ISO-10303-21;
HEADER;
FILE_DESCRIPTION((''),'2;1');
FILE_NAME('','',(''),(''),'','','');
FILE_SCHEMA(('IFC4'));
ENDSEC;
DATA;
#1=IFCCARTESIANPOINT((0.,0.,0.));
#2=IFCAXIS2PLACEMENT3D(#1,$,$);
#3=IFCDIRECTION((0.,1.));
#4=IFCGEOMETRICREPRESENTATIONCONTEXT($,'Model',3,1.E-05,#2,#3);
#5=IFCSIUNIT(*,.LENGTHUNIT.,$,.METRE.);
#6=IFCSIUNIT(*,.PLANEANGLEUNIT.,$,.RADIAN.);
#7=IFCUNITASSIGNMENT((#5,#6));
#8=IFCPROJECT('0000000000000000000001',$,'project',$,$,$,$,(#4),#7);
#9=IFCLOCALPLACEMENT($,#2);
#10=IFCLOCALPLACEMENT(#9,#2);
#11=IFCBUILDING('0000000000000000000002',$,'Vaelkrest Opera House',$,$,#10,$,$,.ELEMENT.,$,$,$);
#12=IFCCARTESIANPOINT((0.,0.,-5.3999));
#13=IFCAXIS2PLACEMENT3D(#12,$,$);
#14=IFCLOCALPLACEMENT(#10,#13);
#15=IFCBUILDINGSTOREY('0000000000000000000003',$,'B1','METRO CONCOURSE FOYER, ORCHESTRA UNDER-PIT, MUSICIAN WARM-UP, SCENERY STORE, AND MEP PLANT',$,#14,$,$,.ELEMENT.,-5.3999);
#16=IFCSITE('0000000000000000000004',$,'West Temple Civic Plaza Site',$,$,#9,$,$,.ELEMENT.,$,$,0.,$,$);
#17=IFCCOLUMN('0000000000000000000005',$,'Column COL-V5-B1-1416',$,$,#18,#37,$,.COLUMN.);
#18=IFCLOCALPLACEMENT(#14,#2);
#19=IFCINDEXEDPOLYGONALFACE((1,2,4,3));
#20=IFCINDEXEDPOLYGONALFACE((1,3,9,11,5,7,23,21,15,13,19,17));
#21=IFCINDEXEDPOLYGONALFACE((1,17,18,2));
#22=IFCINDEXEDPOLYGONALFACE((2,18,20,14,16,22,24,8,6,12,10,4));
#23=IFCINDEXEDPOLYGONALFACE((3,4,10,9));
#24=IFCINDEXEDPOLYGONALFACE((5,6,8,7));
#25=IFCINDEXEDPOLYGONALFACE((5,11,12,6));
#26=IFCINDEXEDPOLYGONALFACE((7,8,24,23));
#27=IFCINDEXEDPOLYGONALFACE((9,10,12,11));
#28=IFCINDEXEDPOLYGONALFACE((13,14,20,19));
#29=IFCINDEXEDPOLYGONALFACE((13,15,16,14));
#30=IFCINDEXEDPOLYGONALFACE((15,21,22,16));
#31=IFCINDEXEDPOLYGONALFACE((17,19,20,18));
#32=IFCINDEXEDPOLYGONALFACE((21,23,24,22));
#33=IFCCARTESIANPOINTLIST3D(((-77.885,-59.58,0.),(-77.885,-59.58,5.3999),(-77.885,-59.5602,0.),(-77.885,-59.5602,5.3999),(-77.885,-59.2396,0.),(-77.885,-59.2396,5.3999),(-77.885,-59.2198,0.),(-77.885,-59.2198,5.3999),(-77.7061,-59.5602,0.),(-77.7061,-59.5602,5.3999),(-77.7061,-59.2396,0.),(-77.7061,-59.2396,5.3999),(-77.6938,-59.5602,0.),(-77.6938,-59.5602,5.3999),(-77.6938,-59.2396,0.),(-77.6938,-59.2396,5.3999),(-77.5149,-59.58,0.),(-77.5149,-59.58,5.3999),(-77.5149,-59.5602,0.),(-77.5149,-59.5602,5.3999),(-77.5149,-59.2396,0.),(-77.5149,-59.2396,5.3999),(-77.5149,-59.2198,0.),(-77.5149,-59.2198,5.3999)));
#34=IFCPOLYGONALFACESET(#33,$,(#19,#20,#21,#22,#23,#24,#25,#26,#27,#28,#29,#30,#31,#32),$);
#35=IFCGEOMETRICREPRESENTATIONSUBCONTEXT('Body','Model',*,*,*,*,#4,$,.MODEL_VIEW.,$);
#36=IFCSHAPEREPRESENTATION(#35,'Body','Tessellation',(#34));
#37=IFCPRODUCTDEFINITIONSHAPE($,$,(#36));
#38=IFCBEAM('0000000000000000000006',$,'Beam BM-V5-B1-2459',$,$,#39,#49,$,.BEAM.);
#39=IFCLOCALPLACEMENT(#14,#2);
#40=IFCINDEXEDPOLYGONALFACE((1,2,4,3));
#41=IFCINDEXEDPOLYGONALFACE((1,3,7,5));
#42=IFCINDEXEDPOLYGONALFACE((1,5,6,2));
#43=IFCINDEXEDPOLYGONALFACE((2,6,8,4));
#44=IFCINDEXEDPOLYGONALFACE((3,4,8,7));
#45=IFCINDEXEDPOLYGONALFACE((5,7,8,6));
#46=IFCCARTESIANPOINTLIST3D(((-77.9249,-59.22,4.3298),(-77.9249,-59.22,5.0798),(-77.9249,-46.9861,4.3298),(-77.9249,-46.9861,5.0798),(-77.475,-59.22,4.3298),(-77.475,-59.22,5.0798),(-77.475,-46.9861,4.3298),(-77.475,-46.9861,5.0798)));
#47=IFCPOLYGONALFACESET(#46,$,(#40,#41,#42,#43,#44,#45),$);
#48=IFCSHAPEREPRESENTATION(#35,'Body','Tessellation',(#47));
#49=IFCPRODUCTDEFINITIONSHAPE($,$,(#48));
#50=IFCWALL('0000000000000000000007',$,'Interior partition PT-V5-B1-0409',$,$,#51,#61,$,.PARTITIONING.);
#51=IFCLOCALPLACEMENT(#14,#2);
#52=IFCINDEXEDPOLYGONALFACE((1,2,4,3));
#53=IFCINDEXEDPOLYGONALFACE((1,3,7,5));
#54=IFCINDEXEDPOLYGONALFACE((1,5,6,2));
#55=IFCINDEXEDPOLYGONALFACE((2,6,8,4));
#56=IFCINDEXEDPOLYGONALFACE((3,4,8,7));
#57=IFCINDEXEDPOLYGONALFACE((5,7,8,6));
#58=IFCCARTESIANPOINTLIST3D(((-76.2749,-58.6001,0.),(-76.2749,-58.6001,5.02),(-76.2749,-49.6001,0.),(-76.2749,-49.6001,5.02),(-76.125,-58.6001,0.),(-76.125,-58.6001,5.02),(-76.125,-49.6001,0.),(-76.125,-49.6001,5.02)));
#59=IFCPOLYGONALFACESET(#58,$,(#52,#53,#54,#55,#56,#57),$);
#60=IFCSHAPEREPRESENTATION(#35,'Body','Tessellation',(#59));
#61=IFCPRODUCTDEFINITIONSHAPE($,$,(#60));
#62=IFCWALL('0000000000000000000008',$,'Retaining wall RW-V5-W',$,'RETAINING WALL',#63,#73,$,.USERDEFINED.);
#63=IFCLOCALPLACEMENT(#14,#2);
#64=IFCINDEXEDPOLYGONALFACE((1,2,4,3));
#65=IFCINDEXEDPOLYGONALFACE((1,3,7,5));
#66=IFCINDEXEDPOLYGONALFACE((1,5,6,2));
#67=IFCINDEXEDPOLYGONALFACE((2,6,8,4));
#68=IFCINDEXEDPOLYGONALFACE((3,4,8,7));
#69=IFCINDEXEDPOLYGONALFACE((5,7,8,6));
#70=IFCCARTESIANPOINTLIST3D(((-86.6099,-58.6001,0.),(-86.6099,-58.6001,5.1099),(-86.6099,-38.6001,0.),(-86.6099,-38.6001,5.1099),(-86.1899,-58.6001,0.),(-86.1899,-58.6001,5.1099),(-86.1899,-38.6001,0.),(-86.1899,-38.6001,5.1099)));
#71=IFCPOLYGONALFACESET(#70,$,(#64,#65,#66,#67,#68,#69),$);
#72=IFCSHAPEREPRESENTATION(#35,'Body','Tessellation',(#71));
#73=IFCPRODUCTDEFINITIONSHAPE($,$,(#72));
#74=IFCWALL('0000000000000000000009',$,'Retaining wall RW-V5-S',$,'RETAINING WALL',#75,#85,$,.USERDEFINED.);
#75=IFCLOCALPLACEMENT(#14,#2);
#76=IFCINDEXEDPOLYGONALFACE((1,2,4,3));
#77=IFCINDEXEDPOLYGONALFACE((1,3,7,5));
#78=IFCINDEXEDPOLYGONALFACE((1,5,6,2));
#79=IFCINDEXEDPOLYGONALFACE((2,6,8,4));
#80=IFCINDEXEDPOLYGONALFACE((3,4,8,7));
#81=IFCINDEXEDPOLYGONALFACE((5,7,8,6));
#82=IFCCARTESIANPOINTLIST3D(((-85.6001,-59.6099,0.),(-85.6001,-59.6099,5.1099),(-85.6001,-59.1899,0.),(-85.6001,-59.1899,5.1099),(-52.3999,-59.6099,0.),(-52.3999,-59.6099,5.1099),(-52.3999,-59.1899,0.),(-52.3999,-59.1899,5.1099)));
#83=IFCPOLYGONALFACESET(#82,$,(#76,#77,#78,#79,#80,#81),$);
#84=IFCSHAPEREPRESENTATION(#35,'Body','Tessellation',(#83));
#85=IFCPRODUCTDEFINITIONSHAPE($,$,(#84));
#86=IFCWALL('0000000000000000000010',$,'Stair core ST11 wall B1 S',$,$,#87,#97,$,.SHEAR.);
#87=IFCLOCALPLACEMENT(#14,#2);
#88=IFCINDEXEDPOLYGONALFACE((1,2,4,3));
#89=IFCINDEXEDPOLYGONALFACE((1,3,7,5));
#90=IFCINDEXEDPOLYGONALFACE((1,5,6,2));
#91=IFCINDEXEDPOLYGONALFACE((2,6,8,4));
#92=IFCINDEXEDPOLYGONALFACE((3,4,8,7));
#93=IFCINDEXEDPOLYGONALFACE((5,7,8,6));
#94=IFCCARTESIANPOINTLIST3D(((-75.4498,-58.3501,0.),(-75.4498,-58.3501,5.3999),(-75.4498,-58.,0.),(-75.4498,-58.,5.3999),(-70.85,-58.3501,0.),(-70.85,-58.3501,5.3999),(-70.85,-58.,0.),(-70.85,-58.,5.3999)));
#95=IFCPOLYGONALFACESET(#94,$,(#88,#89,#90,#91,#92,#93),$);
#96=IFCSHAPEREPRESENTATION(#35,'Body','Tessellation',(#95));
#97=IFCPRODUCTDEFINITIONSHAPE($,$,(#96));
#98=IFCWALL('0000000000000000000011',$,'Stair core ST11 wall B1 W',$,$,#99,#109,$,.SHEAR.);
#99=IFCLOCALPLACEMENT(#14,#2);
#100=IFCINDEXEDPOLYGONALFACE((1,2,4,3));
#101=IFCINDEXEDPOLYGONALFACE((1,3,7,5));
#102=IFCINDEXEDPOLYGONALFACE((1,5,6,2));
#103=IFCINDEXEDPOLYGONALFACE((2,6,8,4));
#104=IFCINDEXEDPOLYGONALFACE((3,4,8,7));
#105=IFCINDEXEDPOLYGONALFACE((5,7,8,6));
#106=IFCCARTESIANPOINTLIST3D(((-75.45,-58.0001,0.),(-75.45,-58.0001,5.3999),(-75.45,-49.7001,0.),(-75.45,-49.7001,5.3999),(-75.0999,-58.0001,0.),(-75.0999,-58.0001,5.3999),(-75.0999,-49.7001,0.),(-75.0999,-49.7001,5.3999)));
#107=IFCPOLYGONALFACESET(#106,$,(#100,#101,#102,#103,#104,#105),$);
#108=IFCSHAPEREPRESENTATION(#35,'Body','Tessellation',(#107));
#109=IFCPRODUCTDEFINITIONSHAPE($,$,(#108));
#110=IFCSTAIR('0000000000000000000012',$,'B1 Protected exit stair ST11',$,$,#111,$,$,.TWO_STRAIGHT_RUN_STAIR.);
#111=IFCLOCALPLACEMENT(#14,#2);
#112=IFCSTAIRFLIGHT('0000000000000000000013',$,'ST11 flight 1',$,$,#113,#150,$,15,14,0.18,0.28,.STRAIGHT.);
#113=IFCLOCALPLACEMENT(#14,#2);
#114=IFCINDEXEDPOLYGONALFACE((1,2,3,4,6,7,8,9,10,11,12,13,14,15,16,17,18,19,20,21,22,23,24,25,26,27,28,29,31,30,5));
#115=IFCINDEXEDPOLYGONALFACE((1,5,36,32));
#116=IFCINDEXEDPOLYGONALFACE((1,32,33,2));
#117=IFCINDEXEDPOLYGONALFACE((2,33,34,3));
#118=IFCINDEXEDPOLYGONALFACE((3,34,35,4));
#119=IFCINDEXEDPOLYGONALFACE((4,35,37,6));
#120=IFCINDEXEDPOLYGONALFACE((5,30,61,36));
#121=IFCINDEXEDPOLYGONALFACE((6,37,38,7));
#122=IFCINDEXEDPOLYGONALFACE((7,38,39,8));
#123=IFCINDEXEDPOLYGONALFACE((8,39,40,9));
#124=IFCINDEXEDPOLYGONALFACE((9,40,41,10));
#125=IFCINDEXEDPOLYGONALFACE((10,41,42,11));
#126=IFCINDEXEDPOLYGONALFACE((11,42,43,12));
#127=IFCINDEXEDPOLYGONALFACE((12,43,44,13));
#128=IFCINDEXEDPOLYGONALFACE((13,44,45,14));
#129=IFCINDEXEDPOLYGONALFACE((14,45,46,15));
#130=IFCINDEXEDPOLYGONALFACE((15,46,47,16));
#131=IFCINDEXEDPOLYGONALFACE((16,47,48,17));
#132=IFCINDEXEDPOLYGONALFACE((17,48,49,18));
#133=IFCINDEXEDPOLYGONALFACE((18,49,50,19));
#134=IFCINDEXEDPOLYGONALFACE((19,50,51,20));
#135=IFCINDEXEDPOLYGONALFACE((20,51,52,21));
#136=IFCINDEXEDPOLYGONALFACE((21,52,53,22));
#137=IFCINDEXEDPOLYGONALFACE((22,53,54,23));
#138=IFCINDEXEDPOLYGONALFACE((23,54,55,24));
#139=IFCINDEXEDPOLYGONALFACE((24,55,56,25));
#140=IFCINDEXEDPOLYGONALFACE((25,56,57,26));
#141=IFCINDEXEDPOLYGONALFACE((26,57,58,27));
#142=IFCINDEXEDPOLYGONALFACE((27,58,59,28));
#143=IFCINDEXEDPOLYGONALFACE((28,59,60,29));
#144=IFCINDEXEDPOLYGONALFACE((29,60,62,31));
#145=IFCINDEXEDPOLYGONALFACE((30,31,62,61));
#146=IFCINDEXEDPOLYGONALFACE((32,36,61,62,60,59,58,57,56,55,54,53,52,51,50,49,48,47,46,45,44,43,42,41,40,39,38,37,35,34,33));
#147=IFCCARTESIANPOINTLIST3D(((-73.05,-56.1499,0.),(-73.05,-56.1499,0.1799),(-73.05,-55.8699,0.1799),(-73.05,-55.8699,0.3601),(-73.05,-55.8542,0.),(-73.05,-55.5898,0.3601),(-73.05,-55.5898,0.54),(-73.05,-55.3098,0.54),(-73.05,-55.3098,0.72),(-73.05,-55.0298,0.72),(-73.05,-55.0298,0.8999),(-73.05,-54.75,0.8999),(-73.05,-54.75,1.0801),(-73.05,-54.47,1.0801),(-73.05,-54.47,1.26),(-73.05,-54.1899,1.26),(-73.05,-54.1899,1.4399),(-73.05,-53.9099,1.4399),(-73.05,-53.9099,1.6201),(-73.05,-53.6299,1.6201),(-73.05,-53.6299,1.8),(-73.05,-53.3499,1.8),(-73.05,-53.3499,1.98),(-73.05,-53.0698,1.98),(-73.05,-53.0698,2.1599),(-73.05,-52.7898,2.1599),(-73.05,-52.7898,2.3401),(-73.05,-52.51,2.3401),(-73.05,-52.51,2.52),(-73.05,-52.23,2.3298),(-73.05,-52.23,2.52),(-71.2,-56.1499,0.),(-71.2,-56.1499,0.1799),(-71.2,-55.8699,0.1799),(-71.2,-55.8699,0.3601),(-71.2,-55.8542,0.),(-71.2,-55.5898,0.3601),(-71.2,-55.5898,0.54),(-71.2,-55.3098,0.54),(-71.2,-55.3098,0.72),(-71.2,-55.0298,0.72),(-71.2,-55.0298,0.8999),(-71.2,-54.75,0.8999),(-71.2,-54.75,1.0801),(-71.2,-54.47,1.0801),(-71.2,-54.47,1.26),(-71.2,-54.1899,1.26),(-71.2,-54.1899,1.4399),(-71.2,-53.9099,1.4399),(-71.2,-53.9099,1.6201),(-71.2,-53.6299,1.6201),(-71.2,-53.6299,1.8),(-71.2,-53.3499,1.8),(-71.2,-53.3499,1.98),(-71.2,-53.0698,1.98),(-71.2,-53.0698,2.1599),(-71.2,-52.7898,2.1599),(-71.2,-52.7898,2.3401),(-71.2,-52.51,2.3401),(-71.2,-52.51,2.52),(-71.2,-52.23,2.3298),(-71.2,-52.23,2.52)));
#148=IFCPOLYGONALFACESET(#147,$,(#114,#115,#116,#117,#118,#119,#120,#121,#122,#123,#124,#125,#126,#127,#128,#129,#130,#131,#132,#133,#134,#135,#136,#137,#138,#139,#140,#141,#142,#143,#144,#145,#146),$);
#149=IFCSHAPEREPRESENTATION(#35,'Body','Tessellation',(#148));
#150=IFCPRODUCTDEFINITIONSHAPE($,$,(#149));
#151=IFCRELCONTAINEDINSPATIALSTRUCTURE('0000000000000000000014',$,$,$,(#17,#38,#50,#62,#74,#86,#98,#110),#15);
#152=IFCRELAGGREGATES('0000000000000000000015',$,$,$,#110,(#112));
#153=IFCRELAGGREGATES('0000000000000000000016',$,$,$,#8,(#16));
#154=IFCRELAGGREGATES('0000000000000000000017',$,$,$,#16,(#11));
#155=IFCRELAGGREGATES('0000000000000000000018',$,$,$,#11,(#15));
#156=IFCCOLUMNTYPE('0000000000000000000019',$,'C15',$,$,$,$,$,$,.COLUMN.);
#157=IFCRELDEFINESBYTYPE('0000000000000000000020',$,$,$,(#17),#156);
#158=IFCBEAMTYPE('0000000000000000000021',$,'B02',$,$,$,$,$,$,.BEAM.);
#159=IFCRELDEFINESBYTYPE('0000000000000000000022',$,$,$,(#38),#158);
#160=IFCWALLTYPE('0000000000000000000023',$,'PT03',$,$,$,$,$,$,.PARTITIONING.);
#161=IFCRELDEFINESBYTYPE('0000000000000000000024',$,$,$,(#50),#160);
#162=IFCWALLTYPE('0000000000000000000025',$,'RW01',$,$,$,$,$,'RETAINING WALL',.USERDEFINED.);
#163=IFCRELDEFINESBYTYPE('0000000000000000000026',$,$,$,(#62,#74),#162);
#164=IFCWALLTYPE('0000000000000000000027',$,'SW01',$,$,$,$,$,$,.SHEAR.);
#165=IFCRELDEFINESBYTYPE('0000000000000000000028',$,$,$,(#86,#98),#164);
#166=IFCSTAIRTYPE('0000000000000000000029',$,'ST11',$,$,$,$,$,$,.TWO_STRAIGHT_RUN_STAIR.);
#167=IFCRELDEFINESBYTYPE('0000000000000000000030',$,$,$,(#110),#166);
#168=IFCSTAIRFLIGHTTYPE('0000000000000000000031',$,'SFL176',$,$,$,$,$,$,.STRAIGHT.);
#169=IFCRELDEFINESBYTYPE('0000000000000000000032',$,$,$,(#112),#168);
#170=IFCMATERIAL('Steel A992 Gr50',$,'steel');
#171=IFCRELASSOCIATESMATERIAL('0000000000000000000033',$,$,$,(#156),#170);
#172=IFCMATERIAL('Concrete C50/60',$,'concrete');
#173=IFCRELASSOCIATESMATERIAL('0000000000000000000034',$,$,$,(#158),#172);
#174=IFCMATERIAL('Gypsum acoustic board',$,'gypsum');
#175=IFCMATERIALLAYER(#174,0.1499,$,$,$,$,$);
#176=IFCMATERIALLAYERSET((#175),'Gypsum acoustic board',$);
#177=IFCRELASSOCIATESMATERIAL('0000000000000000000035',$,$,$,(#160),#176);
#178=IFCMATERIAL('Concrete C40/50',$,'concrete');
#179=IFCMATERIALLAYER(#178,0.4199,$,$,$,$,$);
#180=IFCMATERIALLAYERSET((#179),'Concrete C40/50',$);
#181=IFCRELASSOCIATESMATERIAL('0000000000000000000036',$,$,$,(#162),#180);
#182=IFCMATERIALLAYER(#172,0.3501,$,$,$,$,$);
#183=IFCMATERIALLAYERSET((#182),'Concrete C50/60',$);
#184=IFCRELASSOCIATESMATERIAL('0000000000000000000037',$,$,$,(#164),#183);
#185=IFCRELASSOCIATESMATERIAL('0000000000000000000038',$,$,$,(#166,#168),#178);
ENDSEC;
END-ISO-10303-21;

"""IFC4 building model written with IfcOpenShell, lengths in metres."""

from ifc_helpers import new_model, si_unit, direction, frame, frame_2d, origin, origin_2d, place, context, subcontext, project, spatial, polyline, rectangle, i_section, outline, extrude, material, layer, layer_set, material_profile, profile_set, type_object, element, aggregate, save


model = new_model("IFC4")

# Units and contexts
model_context = context("Model", 3, precision=1e-05, world=origin(), true_north=direction((0.0, 1.0)))
body_context = subcontext(model_context, "Body", "Model", "MODEL_VIEW")
ifc_project = project(units=[si_unit("LENGTHUNIT", "METRE"), si_unit("PLANEANGLEUNIT", "RADIAN")], contexts=[model_context])

# Site, building, storey
site_placement = place(None, origin())
site = spatial("IfcSite", under=ifc_project, at=site_placement, Name="West Temple Civic Plaza Site", CompositionType="ELEMENT", RefElevation=0.0)
building_placement = place(site_placement, origin())
building = spatial("IfcBuilding", under=site, at=building_placement, Name="Vaelkrest Opera House", CompositionType="ELEMENT")
storey_placement = place(building_placement, frame((0.0, 0.0, -5.3999)))
storey = spatial("IfcBuildingStorey", under=building, at=storey_placement, Name="B1", Description="METRO CONCOURSE FOYER, ORCHESTRA UNDER-PIT, MUSICIAN WARM-UP, SCENERY STORE, AND MEP PLANT", CompositionType="ELEMENT", Elevation=-5.3999)

# Shared definitions
ifc_material_1 = material(Name="Concrete C40/50", Category="concrete")

# Column
ifc_material_2 = material(Name="Steel A992 Gr50", Category="steel")
ifc_material_profile_1 = material_profile(ifc_material_2, i_section(OverallWidth=0.3701, OverallDepth=0.3601, WebThickness=0.0122, FlangeThickness=0.0198, at=origin_2d()), Name="W14X99")
ifc_profile_set_1 = profile_set([ifc_material_profile_1], Name="Steel A992 Gr50")
column_type = type_object("IfcColumnType", Name="C15", PredefinedType="COLUMN", material=ifc_profile_set_1)
for number, where, z_axis, x_axis, name in (
    (1, (-77.7, -59.3999, 0.0), (0.0, 0.0, 1.0), (1.0, 0.0, 0.0), "Column COL-V5-B1-1416"),
):
    element("IfcColumn", number, at=place(storey_placement, frame(where, z_axis=z_axis, x_axis=x_axis)), inside=storey, type_object=column_type, Name=name, PredefinedType="COLUMN", context=body_context, shape_type="SweptSolid", body=[
        extrude(i_section(OverallWidth=0.3701, OverallDepth=0.3601, WebThickness=0.0122, FlangeThickness=0.0198, at=origin_2d()), origin(), (0.0, 0.0, 1.0), 5.3999),
    ])

# Beam
ifc_material_3 = material(Name="Concrete C50/60", Category="concrete")
ifc_material_profile_2 = material_profile(ifc_material_3, rectangle(XDim=0.45, YDim=0.75, at=origin_2d()), Name="RCB450X750")
ifc_profile_set_2 = profile_set([ifc_material_profile_2], Name="Concrete C50/60")
beam_type = type_object("IfcBeamType", Name="B02", PredefinedType="BEAM", material=ifc_profile_set_2)
beam_placement = place(storey_placement, frame((-77.7, -59.22, 4.7048), z_axis=(0.0, 1.0, 0.0), x_axis=(-1.0, 0.0, 0.0)))
element("IfcBeam", 2, at=beam_placement, inside=storey, type_object=beam_type, Name="Beam BM-V5-B1-2459", PredefinedType="BEAM", context=body_context, shape_type="SweptSolid", body=[
    extrude(rectangle(XDim=0.45, YDim=0.75, at=origin_2d()), origin(), (0.0, 0.0, 1.0), 12.2339),
])

# Walls
ifc_material_4 = material(Name="Gypsum acoustic board", Category="gypsum")
ifc_layer_1 = layer(ifc_material_4, 0.1499)
ifc_layer_set_1 = layer_set([ifc_layer_1], Name="Gypsum acoustic board")
wall_type_1 = type_object("IfcWallType", Name="PT03", PredefinedType="PARTITIONING", material=ifc_layer_set_1)
wall_1_placement = place(storey_placement, frame((-76.2, -58.6001, 0.0), z_axis=(0.0, 0.0, 1.0), x_axis=(0.0, 1.0, 0.0)))
element("IfcWall", 3, at=wall_1_placement, inside=storey, type_object=wall_type_1, Name="Interior partition PT-V5-B1-0409", PredefinedType="PARTITIONING", context=body_context, shape_type="SweptSolid", body=[
    extrude(rectangle(XDim=9.0, YDim=0.1499, at=frame_2d((4.5, 0.0))), origin(), (0.0, 0.0, 1.0), 5.02),
])
ifc_layer_2 = layer(ifc_material_1, 0.4199)
ifc_layer_set_2 = layer_set([ifc_layer_2], Name="Concrete C40/50")
wall_type_2 = type_object("IfcWallType", Name="RW01", ElementType="RETAINING WALL", PredefinedType="USERDEFINED", material=ifc_layer_set_2)
wall_2_placement = place(storey_placement, frame((-86.3999, -58.6001, 0.0), z_axis=(0.0, 0.0, 1.0), x_axis=(0.0, 1.0, 0.0)))
element("IfcWall", 4, at=wall_2_placement, inside=storey, type_object=wall_type_2, Name="Retaining wall RW-V5-W", ObjectType="RETAINING WALL", PredefinedType="USERDEFINED", context=body_context, shape_type="SweptSolid", body=[
    extrude(rectangle(XDim=20.0, YDim=0.4199, at=frame_2d((10.0, 0.0))), origin(), (0.0, 0.0, 1.0), 5.1099),
])
wall_3_placement = place(storey_placement, frame((-85.6001, -59.3999, 0.0), z_axis=(0.0, 0.0, 1.0), x_axis=(1.0, 0.0, 0.0)))
element("IfcWall", 5, at=wall_3_placement, inside=storey, type_object=wall_type_2, Name="Retaining wall RW-V5-S", ObjectType="RETAINING WALL", PredefinedType="USERDEFINED", context=body_context, shape_type="SweptSolid", body=[
    extrude(rectangle(XDim=33.2002, YDim=0.4199, at=frame_2d((16.6001, 0.0))), origin(), (0.0, 0.0, 1.0), 5.1099),
])
ifc_layer_3 = layer(ifc_material_3, 0.3501)
ifc_layer_set_3 = layer_set([ifc_layer_3], Name="Concrete C50/60")
wall_type_3 = type_object("IfcWallType", Name="SW01", PredefinedType="SHEAR", material=ifc_layer_set_3)
wall_4_placement = place(storey_placement, frame((-70.8501, -58.175, 0.0), z_axis=(0.0, 0.0, 1.0), x_axis=(-1.0, 0.0, 0.0)))
element("IfcWall", 6, at=wall_4_placement, inside=storey, type_object=wall_type_3, Name="Stair core ST11 wall B1 S", PredefinedType="SHEAR", context=body_context, shape_type="SweptSolid", body=[
    extrude(rectangle(XDim=4.5999, YDim=0.3501, at=frame_2d((2.2998, 0.0))), origin(), (0.0, 0.0, 1.0), 5.3999),
])
wall_5_placement = place(storey_placement, frame((-75.2749, -58.0, 0.0), z_axis=(0.0, 0.0, 1.0), x_axis=(0.0, 1.0, 0.0)))
element("IfcWall", 7, at=wall_5_placement, inside=storey, type_object=wall_type_3, Name="Stair core ST11 wall B1 W", PredefinedType="SHEAR", context=body_context, shape_type="SweptSolid", body=[
    extrude(rectangle(XDim=8.3, YDim=0.3501, at=frame_2d((4.1499, 0.0))), origin(), (0.0, 0.0, 1.0), 5.3999),
])

# Stair, stair flight
stair_type = type_object("IfcStairType", Name="ST11", PredefinedType="TWO_STRAIGHT_RUN_STAIR", material=ifc_material_1)
stair_placement = place(storey_placement, origin())
stair = element("IfcStair", 8, at=stair_placement, inside=storey, type_object=stair_type, Name="B1 Protected exit stair ST11", PredefinedType="TWO_STRAIGHT_RUN_STAIR")
stair_flight_type = type_object("IfcStairFlightType", Name="SFL176", PredefinedType="STRAIGHT", material=ifc_material_1)
stair_flight_1_placement = place(storey_placement, frame((-72.125, -56.1499, 0.0), z_axis=(0.0, 0.0, 1.0), x_axis=(0.0, 1.0, 0.0)))
stair_flight_1 = element("IfcStairFlight", 9, at=stair_flight_1_placement, type_object=stair_flight_type, Name="ST11 flight 1", NumberOfRisers=15, NumberOfTreads=14, PredefinedType="STRAIGHT", RiserHeight=0.18, TreadLength=0.28, context=body_context, shape_type="SweptSolid", body=[
    extrude(outline(polyline([(0.0, 0.0), (0.0, 0.1799), (0.28, 0.1799), (0.28, 0.3601), (0.5601, 0.3601), (0.5601, 0.54), (0.8401, 0.54), (0.8401, 0.72), (1.1201, 0.72), (1.1201, 0.8999), (1.3999, 0.8999), (1.3999, 1.0801), (1.6799, 1.0801), (1.6799, 1.26), (1.96, 1.26), (1.96, 1.4399), (2.24, 1.4399), (2.24, 1.6201), (2.52, 1.6201), (2.52, 1.8), (2.8, 1.8), (2.8, 1.98), (3.0801, 1.98), (3.0801, 2.1599), (3.3601, 2.1599), (3.3601, 2.3401), (3.6399, 2.3401), (3.6399, 2.52), (3.9199, 2.52), (3.9199, 2.7), (3.9199, 2.3298), (0.2957, 0.0), (0.0, 0.0)])), frame((0.0, 0.925, 0.0), z_axis=(0.0, -1.0, 0.0), x_axis=(1.0, 0.0, 0.0)), (0.0, 0.0, 1.0), 1.8501),
])
aggregate(stair, [stair_flight_1])

save(model, "model.ifc")
